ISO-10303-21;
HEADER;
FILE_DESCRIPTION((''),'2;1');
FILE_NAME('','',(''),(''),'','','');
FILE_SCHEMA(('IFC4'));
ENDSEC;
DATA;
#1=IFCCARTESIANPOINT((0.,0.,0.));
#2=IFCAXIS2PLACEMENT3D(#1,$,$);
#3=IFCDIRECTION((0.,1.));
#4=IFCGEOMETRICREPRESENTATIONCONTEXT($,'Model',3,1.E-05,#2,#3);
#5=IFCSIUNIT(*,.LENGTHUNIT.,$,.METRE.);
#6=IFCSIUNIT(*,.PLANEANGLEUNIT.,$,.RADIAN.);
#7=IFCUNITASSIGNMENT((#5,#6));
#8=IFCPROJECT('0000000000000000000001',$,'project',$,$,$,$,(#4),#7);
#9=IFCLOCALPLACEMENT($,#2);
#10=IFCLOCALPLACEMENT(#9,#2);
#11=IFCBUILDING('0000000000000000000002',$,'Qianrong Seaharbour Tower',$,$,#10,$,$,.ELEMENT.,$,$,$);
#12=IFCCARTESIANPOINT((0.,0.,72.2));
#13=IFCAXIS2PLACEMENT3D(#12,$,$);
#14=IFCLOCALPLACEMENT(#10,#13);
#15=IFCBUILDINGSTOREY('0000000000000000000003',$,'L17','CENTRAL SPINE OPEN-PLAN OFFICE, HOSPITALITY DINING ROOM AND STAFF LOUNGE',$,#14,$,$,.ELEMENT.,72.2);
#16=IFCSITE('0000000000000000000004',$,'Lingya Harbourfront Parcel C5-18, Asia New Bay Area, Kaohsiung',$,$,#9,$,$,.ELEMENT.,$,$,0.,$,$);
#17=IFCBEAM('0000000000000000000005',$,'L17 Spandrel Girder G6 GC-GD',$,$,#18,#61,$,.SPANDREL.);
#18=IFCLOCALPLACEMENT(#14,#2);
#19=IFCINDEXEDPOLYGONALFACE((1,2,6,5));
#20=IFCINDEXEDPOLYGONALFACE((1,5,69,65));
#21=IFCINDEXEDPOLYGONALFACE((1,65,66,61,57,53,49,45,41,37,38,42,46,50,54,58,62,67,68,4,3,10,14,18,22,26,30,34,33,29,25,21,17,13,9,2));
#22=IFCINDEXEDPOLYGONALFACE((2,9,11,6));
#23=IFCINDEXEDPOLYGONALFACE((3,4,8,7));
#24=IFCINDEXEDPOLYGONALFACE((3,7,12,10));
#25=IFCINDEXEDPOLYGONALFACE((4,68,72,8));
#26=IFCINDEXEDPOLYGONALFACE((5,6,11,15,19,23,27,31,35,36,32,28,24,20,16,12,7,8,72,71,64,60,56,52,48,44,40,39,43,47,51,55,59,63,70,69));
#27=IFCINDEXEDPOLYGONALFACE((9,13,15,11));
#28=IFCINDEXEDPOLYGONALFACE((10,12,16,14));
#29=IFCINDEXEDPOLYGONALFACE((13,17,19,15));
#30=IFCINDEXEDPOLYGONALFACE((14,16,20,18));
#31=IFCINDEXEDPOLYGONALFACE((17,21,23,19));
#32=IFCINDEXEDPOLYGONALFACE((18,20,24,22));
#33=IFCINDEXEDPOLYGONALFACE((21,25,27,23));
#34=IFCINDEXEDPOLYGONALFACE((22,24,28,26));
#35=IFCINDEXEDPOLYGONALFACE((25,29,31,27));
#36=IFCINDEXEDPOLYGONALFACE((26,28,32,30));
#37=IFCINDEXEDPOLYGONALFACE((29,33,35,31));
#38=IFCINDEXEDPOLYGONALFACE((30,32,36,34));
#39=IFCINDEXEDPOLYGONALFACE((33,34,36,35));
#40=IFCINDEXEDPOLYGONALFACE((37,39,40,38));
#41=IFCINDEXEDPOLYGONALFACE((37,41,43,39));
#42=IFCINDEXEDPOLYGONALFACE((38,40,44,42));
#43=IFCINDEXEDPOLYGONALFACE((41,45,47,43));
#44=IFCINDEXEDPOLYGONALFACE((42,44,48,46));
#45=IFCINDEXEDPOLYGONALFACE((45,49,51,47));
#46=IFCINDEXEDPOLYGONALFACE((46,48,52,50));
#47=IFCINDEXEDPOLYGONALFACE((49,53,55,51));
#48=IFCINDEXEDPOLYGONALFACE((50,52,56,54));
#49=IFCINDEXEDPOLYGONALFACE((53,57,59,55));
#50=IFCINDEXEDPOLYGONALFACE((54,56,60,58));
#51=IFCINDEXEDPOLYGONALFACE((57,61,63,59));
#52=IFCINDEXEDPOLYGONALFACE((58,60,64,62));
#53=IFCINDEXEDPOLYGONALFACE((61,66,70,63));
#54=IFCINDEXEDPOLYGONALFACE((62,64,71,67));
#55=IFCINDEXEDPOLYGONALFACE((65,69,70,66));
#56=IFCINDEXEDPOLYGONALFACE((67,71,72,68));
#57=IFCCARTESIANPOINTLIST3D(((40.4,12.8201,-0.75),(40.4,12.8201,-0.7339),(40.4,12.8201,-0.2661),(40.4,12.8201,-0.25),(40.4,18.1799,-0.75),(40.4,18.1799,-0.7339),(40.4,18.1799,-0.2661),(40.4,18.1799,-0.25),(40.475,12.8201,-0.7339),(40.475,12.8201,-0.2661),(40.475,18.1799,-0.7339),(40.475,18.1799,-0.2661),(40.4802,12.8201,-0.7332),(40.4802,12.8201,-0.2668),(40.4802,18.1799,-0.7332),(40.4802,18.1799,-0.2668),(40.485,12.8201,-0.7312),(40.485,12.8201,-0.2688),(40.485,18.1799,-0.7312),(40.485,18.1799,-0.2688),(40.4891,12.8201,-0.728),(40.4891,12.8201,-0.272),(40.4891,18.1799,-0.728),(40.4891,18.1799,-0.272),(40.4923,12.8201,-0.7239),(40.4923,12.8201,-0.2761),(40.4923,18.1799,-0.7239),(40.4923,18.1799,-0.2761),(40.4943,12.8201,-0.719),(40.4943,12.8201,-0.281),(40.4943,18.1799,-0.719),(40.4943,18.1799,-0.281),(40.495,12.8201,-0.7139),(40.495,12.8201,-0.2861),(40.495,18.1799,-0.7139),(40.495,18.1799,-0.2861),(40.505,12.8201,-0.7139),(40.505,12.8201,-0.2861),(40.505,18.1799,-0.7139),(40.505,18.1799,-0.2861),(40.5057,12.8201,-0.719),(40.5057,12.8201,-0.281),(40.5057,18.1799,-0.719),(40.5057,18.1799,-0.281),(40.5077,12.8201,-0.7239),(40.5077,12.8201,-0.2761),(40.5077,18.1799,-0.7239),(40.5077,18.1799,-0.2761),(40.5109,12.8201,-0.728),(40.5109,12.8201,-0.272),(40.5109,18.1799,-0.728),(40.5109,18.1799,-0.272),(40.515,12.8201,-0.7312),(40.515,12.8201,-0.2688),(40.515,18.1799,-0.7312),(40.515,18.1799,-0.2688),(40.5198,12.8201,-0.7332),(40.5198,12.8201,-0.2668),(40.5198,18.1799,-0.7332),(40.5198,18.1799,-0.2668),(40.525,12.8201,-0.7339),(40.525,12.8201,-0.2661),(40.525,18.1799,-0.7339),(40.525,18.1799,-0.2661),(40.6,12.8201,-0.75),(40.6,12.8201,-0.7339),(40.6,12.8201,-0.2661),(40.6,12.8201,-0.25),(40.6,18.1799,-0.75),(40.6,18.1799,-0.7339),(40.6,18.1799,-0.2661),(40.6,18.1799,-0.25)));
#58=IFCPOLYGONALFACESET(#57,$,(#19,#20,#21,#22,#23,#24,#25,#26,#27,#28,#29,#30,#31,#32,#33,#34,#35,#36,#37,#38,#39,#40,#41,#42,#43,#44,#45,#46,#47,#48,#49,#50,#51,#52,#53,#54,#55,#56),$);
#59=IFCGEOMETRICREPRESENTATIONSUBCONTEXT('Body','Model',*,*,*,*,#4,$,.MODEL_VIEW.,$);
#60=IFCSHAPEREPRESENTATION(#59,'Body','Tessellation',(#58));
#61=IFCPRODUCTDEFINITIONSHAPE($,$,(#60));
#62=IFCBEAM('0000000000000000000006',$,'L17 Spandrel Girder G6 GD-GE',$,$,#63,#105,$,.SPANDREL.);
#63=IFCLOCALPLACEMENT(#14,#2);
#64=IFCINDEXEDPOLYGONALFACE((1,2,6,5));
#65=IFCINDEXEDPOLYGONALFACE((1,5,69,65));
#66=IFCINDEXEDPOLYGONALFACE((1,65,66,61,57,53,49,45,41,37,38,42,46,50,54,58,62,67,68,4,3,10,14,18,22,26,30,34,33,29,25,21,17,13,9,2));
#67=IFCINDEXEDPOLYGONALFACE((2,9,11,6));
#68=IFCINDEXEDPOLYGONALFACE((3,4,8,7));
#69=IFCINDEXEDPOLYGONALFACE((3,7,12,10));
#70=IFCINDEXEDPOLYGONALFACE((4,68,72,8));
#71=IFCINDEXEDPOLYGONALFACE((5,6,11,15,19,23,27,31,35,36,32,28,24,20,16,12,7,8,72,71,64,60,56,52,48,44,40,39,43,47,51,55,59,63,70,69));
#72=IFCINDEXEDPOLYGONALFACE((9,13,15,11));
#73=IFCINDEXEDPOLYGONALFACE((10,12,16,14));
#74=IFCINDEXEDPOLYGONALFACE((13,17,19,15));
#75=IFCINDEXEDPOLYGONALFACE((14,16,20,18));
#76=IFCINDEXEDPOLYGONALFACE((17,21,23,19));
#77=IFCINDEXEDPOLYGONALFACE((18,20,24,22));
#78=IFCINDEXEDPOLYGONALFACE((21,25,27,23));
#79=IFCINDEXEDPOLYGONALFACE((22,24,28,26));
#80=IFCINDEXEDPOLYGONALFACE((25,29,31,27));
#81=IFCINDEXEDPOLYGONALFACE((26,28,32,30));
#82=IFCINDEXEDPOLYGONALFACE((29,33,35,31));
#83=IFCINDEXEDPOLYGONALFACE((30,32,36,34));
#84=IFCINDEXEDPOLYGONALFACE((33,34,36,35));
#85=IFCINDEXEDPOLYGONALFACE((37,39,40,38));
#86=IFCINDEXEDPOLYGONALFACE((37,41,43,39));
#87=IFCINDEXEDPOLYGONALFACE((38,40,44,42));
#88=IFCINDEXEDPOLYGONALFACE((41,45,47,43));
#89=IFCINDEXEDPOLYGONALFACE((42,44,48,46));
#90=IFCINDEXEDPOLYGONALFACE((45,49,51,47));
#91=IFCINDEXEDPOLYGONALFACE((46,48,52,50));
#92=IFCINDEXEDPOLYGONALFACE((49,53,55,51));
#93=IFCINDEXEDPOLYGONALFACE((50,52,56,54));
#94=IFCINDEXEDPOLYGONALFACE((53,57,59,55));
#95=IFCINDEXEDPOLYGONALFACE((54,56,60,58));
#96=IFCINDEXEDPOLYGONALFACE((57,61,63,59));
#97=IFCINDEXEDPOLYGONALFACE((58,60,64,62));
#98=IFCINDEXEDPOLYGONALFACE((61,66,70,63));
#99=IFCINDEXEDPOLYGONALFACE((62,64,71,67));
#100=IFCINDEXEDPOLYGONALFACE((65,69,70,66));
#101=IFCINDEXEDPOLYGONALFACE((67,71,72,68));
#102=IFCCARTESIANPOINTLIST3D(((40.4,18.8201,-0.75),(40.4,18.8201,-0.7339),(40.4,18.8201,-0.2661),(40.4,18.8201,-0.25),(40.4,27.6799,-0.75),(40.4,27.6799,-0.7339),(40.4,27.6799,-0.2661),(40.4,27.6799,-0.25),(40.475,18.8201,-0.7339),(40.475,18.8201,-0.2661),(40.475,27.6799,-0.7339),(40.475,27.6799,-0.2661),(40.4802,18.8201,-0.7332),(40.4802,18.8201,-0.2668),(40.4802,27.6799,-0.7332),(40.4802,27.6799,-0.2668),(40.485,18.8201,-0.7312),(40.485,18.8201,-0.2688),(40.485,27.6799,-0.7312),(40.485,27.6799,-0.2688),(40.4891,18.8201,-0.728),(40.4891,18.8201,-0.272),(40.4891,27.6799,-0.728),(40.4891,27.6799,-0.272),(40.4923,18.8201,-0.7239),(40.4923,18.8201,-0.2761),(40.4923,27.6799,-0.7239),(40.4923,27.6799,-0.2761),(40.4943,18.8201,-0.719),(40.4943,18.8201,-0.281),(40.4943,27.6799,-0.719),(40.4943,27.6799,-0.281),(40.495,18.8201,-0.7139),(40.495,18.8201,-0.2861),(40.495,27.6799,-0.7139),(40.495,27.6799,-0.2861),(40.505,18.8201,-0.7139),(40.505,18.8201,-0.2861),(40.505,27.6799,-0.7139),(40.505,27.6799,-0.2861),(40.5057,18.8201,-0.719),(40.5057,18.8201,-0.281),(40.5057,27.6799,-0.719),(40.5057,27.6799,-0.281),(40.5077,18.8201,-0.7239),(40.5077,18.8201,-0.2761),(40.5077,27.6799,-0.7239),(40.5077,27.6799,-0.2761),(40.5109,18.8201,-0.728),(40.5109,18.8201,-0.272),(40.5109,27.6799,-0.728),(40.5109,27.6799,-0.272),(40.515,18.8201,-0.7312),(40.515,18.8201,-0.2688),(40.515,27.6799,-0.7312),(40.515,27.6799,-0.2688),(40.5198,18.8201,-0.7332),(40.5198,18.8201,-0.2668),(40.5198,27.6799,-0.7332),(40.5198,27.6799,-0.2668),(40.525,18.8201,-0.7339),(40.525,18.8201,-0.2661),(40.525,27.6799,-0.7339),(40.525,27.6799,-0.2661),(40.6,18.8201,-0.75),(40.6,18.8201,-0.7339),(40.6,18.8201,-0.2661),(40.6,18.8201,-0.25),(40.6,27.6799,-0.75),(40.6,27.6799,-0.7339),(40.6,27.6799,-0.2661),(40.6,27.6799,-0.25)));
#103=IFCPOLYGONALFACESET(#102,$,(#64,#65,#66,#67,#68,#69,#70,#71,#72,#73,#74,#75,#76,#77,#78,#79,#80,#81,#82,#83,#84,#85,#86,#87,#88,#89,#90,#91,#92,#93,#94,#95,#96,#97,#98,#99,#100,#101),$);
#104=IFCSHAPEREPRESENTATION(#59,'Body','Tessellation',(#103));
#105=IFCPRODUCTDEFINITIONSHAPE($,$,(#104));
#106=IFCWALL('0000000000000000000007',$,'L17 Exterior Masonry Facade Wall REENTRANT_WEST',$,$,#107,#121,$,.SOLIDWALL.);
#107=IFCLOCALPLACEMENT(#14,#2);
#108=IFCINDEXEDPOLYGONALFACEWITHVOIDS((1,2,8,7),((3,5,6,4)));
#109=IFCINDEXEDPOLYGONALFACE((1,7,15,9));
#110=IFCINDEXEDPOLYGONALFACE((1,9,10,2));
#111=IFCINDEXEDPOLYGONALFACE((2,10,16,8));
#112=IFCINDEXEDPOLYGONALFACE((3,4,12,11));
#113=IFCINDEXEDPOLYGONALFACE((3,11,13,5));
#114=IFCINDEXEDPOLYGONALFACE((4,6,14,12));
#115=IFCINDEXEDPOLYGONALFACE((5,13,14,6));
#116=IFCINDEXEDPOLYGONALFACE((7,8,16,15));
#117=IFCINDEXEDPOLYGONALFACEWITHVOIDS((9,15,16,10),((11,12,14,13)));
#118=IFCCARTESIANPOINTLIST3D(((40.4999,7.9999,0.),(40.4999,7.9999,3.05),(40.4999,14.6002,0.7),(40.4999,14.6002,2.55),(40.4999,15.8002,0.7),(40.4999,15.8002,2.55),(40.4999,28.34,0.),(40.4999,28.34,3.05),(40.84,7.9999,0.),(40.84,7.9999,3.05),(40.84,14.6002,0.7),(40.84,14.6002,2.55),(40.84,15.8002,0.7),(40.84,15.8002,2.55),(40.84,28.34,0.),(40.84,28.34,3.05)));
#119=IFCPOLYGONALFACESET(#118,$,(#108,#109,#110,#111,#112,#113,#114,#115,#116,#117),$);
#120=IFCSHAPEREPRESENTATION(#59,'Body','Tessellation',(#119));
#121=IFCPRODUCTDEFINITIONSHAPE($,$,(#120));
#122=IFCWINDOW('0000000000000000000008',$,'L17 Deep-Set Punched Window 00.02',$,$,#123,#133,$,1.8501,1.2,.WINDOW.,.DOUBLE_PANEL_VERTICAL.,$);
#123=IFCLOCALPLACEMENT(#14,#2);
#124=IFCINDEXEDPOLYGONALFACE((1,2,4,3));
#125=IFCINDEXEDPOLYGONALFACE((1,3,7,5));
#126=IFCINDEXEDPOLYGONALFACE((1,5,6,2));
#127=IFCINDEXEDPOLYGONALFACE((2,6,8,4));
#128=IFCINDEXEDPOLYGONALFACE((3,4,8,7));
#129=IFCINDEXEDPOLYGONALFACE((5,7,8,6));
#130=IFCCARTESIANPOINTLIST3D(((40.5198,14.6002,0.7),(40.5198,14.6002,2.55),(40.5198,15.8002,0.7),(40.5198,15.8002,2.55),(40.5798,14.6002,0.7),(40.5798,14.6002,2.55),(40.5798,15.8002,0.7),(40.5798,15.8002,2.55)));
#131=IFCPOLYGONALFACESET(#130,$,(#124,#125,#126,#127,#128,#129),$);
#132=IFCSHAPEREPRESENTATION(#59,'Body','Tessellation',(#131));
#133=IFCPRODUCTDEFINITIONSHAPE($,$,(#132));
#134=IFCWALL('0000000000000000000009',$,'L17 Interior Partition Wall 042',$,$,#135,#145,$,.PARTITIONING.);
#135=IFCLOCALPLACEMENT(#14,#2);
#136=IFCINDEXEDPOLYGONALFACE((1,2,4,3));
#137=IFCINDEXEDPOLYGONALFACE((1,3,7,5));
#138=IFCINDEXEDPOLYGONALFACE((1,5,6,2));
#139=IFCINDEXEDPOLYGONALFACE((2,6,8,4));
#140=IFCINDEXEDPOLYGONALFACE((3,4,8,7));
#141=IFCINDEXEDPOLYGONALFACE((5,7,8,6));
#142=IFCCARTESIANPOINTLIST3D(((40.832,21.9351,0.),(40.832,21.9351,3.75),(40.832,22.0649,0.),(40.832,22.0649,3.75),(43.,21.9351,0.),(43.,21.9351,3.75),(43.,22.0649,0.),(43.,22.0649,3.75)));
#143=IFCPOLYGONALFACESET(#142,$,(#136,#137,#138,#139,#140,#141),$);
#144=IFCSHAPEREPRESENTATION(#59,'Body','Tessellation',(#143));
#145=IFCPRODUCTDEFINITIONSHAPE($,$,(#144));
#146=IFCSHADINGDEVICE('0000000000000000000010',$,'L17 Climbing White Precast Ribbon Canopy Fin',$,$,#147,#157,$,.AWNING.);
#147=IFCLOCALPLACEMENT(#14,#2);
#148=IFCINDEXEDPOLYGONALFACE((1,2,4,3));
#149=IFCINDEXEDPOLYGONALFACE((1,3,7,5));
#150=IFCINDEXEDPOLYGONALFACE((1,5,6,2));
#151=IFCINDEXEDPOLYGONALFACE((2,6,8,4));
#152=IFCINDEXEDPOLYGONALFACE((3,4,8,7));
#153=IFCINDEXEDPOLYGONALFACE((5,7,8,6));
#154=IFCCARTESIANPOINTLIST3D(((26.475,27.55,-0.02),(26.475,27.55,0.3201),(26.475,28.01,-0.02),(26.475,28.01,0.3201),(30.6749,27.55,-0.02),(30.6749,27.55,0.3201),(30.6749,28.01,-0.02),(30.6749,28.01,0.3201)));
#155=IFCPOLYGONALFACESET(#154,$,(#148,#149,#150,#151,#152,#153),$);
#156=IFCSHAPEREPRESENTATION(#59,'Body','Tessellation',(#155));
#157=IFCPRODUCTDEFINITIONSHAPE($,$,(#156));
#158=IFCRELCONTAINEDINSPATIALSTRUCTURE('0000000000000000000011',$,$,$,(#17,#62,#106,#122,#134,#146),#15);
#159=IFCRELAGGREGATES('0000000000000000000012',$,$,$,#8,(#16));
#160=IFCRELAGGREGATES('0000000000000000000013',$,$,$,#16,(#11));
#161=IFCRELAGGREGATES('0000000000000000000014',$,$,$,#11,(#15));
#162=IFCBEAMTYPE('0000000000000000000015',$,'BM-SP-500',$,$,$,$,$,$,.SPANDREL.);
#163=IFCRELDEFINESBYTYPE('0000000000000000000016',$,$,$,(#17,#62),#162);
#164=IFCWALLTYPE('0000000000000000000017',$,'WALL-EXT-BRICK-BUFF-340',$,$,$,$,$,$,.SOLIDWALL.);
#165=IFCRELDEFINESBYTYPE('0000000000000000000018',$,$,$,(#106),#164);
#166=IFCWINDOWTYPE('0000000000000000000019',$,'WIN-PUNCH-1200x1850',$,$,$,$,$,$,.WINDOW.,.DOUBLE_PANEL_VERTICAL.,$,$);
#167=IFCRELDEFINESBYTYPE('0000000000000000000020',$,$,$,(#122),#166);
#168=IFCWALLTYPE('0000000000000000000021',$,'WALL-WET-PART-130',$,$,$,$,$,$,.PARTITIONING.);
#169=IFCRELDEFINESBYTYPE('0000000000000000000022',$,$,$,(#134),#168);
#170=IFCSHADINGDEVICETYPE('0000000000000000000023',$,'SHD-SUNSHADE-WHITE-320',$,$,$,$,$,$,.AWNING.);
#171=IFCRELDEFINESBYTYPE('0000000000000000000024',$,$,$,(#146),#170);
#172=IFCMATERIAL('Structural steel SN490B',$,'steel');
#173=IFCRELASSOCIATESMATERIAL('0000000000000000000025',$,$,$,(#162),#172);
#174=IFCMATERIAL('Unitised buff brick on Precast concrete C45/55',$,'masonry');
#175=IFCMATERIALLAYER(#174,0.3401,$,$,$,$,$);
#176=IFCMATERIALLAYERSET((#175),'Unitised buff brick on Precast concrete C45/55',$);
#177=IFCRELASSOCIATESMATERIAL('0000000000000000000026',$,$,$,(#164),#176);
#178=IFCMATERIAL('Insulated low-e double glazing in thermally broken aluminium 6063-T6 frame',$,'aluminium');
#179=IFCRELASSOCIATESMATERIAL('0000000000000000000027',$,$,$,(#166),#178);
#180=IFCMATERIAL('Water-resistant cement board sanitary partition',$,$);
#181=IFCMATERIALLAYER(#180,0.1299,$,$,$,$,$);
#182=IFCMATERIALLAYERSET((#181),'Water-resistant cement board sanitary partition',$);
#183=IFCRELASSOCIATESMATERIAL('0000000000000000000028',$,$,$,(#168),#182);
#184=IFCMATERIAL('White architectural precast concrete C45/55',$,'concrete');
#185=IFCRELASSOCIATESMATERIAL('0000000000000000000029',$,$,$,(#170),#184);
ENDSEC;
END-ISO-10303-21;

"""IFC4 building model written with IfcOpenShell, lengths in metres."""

from ifc_helpers import new_model, si_unit, direction, frame, frame_2d, origin, origin_2d, place, context, subcontext, project, spatial, rectangle, i_section, extrude, material, layer, layer_set, material_profile, profile_set, type_object, element, fill, save


model = new_model("IFC4")

# Units and contexts
model_context = context("Model", 3, precision=1e-05, world=origin(), true_north=direction((0.0, 1.0)))
body_context = subcontext(model_context, "Body", "Model", "MODEL_VIEW")
ifc_project = project(units=[si_unit("LENGTHUNIT", "METRE"), si_unit("PLANEANGLEUNIT", "RADIAN")], contexts=[model_context])

# Site, building, storey
site_placement = place(None, origin())
site = spatial("IfcSite", under=ifc_project, at=site_placement, Name="Lingya Harbourfront Parcel C5-18, Asia New Bay Area, Kaohsiung", CompositionType="ELEMENT", RefElevation=0.0)
building_placement = place(site_placement, origin())
building = spatial("IfcBuilding", under=site, at=building_placement, Name="Qianrong Seaharbour Tower", CompositionType="ELEMENT")
storey_placement = place(building_placement, frame((0.0, 0.0, 72.2)))
storey = spatial("IfcBuildingStorey", under=building, at=storey_placement, Name="L17", Description="CENTRAL SPINE OPEN-PLAN OFFICE, HOSPITALITY DINING ROOM AND STAFF LOUNGE", CompositionType="ELEMENT", Elevation=72.2)

# Shared definitions
ifc_material_1 = material(Name="Structural steel SN490B", Category="steel")

# Beams
ifc_material_profile_1 = material_profile(ifc_material_1, i_section(OverallWidth=0.2, OverallDepth=0.5, WebThickness=0.01, FlangeThickness=0.0161, FilletRadius=0.02, at=origin_2d()), Name="H500x200x10x16")
ifc_profile_set_1 = profile_set([ifc_material_profile_1], Name="Structural steel SN490B")
beam_type_1 = type_object("IfcBeamType", Name="BM-SP-500", PredefinedType="SPANDREL", material=ifc_profile_set_1)
beam_1_placement = place(storey_placement, frame((40.5, 12.8201, -0.5), z_axis=(0.0, 1.0, 0.0), x_axis=(-1.0, 0.0, 0.0)))
element("IfcBeam", 1, at=beam_1_placement, inside=storey, type_object=beam_type_1, Name="L17 Spandrel Girder G6 GC-GD", PredefinedType="SPANDREL", context=body_context, shape_type="SweptSolid", body=[
    extrude(i_section(OverallWidth=0.2, OverallDepth=0.5, WebThickness=0.01, FlangeThickness=0.0161, FilletRadius=0.02, at=origin_2d()), origin(), (0.0, 0.0, 1.0), 5.3599),
])
beam_2_placement = place(storey_placement, frame((40.5, 18.8201, -0.5), z_axis=(0.0, 1.0, 0.0), x_axis=(-1.0, 0.0, 0.0)))
element("IfcBeam", 2, at=beam_2_placement, inside=storey, type_object=beam_type_1, Name="L17 Spandrel Girder G6 GD-GE", PredefinedType="SPANDREL", context=body_context, shape_type="SweptSolid", body=[
    extrude(i_section(OverallWidth=0.2, OverallDepth=0.5, WebThickness=0.01, FlangeThickness=0.0161, FilletRadius=0.02, at=origin_2d()), origin(), (0.0, 0.0, 1.0), 8.8599),
])

# Wall, opening, window
ifc_material_2 = material(Name="Unitised buff brick on Precast concrete C45/55", Category="masonry")
ifc_layer_1 = layer(ifc_material_2, 0.3401)
ifc_layer_set_1 = layer_set([ifc_layer_1], Name="Unitised buff brick on Precast concrete C45/55")
wall_type_1 = type_object("IfcWallType", Name="WALL-EXT-BRICK-BUFF-340", PredefinedType="SOLIDWALL", material=ifc_layer_set_1)
wall_1_placement = place(storey_placement, frame((40.6699, 8.0, 0.0), z_axis=(0.0, 0.0, 1.0), x_axis=(0.0, 1.0, 0.0)))
wall_1 = element("IfcWall", 3, at=wall_1_placement, inside=storey, type_object=wall_type_1, Name="L17 Exterior Masonry Facade Wall REENTRANT_WEST", PredefinedType="SOLIDWALL", context=body_context, shape_type="SweptSolid", body=[
    extrude(rectangle(XDim=20.3401, YDim=0.3401, at=frame_2d((10.1699, 0.0))), origin(), (0.0, 0.0, 1.0), 3.05),
])
opening_placement = place(wall_1_placement, frame((6.6001, 0.0, 0.7)))
opening = element("IfcOpeningElement", 4, at=opening_placement, cuts=wall_1, PredefinedType="OPENING", context=body_context, shape_type="SweptSolid", body=[
    extrude(rectangle(XDim=1.2, YDim=1.8501, at=frame_2d((0.6001, 0.925))), frame((0.0, 0.1802, 0.0), z_axis=(0.0, -1.0, 0.0), x_axis=(1.0, 0.0, 0.0)), (0.0, 0.0, 1.0), 0.3601),
])
ifc_material_3 = material(Name="Insulated low-e double glazing in thermally broken aluminium 6063-T6 frame", Category="aluminium")
window_type = type_object("IfcWindowType", Name="WIN-PUNCH-1200x1850", PartitioningType="DOUBLE_PANEL_VERTICAL", PredefinedType="WINDOW", material=ifc_material_3)
window_placement = place(opening_placement, origin())
window = element("IfcWindow", 5, at=window_placement, inside=storey, type_object=window_type, Name="L17 Deep-Set Punched Window 00.02", OverallHeight=1.8501, OverallWidth=1.2, PartitioningType="DOUBLE_PANEL_VERTICAL", PredefinedType="WINDOW", context=body_context, shape_type="SweptSolid", body=[
    extrude(rectangle(XDim=1.2, YDim=1.8501, at=frame_2d((0.6001, 0.925))), frame((0.0, 0.1501, 0.0), z_axis=(0.0, -1.0, 0.0), x_axis=(1.0, 0.0, 0.0)), (0.0, 0.0, 1.0), 0.0601),
])
fill(opening, window)

# Wall
ifc_material_4 = material(Name="Water-resistant cement board sanitary partition")
ifc_layer_2 = layer(ifc_material_4, 0.1299)
ifc_layer_set_2 = layer_set([ifc_layer_2], Name="Water-resistant cement board sanitary partition")
wall_type_2 = type_object("IfcWallType", Name="WALL-WET-PART-130", PredefinedType="PARTITIONING", material=ifc_layer_set_2)
wall_2_placement = place(storey_placement, frame((40.832, 22.0, 0.0), z_axis=(0.0, 0.0, 1.0), x_axis=(1.0, 0.0, 0.0)))
element("IfcWall", 6, at=wall_2_placement, inside=storey, type_object=wall_type_2, Name="L17 Interior Partition Wall 042", PredefinedType="PARTITIONING", context=body_context, shape_type="SweptSolid", body=[
    extrude(rectangle(XDim=2.168, YDim=0.1299, at=frame_2d((1.084, 0.0))), origin(), (0.0, 0.0, 1.0), 3.75),
])

# Shading device
ifc_material_5 = material(Name="White architectural precast concrete C45/55", Category="concrete")
shading_device_type = type_object("IfcShadingDeviceType", Name="SHD-SUNSHADE-WHITE-320", PredefinedType="AWNING", material=ifc_material_5)
shading_device_placement = place(storey_placement, frame((28.575, 27.78, -0.02), z_axis=(0.0, 0.0, 1.0), x_axis=(1.0, 0.0, 0.0)))
element("IfcShadingDevice", 7, at=shading_device_placement, inside=storey, type_object=shading_device_type, Name="L17 Climbing White Precast Ribbon Canopy Fin", PredefinedType="AWNING", context=body_context, shape_type="SweptSolid", body=[
    extrude(rectangle(XDim=4.2, YDim=0.46, at=origin_2d()), origin(), (0.0, 0.0, 1.0), 0.3401),
])

save(model, "model.ifc")
